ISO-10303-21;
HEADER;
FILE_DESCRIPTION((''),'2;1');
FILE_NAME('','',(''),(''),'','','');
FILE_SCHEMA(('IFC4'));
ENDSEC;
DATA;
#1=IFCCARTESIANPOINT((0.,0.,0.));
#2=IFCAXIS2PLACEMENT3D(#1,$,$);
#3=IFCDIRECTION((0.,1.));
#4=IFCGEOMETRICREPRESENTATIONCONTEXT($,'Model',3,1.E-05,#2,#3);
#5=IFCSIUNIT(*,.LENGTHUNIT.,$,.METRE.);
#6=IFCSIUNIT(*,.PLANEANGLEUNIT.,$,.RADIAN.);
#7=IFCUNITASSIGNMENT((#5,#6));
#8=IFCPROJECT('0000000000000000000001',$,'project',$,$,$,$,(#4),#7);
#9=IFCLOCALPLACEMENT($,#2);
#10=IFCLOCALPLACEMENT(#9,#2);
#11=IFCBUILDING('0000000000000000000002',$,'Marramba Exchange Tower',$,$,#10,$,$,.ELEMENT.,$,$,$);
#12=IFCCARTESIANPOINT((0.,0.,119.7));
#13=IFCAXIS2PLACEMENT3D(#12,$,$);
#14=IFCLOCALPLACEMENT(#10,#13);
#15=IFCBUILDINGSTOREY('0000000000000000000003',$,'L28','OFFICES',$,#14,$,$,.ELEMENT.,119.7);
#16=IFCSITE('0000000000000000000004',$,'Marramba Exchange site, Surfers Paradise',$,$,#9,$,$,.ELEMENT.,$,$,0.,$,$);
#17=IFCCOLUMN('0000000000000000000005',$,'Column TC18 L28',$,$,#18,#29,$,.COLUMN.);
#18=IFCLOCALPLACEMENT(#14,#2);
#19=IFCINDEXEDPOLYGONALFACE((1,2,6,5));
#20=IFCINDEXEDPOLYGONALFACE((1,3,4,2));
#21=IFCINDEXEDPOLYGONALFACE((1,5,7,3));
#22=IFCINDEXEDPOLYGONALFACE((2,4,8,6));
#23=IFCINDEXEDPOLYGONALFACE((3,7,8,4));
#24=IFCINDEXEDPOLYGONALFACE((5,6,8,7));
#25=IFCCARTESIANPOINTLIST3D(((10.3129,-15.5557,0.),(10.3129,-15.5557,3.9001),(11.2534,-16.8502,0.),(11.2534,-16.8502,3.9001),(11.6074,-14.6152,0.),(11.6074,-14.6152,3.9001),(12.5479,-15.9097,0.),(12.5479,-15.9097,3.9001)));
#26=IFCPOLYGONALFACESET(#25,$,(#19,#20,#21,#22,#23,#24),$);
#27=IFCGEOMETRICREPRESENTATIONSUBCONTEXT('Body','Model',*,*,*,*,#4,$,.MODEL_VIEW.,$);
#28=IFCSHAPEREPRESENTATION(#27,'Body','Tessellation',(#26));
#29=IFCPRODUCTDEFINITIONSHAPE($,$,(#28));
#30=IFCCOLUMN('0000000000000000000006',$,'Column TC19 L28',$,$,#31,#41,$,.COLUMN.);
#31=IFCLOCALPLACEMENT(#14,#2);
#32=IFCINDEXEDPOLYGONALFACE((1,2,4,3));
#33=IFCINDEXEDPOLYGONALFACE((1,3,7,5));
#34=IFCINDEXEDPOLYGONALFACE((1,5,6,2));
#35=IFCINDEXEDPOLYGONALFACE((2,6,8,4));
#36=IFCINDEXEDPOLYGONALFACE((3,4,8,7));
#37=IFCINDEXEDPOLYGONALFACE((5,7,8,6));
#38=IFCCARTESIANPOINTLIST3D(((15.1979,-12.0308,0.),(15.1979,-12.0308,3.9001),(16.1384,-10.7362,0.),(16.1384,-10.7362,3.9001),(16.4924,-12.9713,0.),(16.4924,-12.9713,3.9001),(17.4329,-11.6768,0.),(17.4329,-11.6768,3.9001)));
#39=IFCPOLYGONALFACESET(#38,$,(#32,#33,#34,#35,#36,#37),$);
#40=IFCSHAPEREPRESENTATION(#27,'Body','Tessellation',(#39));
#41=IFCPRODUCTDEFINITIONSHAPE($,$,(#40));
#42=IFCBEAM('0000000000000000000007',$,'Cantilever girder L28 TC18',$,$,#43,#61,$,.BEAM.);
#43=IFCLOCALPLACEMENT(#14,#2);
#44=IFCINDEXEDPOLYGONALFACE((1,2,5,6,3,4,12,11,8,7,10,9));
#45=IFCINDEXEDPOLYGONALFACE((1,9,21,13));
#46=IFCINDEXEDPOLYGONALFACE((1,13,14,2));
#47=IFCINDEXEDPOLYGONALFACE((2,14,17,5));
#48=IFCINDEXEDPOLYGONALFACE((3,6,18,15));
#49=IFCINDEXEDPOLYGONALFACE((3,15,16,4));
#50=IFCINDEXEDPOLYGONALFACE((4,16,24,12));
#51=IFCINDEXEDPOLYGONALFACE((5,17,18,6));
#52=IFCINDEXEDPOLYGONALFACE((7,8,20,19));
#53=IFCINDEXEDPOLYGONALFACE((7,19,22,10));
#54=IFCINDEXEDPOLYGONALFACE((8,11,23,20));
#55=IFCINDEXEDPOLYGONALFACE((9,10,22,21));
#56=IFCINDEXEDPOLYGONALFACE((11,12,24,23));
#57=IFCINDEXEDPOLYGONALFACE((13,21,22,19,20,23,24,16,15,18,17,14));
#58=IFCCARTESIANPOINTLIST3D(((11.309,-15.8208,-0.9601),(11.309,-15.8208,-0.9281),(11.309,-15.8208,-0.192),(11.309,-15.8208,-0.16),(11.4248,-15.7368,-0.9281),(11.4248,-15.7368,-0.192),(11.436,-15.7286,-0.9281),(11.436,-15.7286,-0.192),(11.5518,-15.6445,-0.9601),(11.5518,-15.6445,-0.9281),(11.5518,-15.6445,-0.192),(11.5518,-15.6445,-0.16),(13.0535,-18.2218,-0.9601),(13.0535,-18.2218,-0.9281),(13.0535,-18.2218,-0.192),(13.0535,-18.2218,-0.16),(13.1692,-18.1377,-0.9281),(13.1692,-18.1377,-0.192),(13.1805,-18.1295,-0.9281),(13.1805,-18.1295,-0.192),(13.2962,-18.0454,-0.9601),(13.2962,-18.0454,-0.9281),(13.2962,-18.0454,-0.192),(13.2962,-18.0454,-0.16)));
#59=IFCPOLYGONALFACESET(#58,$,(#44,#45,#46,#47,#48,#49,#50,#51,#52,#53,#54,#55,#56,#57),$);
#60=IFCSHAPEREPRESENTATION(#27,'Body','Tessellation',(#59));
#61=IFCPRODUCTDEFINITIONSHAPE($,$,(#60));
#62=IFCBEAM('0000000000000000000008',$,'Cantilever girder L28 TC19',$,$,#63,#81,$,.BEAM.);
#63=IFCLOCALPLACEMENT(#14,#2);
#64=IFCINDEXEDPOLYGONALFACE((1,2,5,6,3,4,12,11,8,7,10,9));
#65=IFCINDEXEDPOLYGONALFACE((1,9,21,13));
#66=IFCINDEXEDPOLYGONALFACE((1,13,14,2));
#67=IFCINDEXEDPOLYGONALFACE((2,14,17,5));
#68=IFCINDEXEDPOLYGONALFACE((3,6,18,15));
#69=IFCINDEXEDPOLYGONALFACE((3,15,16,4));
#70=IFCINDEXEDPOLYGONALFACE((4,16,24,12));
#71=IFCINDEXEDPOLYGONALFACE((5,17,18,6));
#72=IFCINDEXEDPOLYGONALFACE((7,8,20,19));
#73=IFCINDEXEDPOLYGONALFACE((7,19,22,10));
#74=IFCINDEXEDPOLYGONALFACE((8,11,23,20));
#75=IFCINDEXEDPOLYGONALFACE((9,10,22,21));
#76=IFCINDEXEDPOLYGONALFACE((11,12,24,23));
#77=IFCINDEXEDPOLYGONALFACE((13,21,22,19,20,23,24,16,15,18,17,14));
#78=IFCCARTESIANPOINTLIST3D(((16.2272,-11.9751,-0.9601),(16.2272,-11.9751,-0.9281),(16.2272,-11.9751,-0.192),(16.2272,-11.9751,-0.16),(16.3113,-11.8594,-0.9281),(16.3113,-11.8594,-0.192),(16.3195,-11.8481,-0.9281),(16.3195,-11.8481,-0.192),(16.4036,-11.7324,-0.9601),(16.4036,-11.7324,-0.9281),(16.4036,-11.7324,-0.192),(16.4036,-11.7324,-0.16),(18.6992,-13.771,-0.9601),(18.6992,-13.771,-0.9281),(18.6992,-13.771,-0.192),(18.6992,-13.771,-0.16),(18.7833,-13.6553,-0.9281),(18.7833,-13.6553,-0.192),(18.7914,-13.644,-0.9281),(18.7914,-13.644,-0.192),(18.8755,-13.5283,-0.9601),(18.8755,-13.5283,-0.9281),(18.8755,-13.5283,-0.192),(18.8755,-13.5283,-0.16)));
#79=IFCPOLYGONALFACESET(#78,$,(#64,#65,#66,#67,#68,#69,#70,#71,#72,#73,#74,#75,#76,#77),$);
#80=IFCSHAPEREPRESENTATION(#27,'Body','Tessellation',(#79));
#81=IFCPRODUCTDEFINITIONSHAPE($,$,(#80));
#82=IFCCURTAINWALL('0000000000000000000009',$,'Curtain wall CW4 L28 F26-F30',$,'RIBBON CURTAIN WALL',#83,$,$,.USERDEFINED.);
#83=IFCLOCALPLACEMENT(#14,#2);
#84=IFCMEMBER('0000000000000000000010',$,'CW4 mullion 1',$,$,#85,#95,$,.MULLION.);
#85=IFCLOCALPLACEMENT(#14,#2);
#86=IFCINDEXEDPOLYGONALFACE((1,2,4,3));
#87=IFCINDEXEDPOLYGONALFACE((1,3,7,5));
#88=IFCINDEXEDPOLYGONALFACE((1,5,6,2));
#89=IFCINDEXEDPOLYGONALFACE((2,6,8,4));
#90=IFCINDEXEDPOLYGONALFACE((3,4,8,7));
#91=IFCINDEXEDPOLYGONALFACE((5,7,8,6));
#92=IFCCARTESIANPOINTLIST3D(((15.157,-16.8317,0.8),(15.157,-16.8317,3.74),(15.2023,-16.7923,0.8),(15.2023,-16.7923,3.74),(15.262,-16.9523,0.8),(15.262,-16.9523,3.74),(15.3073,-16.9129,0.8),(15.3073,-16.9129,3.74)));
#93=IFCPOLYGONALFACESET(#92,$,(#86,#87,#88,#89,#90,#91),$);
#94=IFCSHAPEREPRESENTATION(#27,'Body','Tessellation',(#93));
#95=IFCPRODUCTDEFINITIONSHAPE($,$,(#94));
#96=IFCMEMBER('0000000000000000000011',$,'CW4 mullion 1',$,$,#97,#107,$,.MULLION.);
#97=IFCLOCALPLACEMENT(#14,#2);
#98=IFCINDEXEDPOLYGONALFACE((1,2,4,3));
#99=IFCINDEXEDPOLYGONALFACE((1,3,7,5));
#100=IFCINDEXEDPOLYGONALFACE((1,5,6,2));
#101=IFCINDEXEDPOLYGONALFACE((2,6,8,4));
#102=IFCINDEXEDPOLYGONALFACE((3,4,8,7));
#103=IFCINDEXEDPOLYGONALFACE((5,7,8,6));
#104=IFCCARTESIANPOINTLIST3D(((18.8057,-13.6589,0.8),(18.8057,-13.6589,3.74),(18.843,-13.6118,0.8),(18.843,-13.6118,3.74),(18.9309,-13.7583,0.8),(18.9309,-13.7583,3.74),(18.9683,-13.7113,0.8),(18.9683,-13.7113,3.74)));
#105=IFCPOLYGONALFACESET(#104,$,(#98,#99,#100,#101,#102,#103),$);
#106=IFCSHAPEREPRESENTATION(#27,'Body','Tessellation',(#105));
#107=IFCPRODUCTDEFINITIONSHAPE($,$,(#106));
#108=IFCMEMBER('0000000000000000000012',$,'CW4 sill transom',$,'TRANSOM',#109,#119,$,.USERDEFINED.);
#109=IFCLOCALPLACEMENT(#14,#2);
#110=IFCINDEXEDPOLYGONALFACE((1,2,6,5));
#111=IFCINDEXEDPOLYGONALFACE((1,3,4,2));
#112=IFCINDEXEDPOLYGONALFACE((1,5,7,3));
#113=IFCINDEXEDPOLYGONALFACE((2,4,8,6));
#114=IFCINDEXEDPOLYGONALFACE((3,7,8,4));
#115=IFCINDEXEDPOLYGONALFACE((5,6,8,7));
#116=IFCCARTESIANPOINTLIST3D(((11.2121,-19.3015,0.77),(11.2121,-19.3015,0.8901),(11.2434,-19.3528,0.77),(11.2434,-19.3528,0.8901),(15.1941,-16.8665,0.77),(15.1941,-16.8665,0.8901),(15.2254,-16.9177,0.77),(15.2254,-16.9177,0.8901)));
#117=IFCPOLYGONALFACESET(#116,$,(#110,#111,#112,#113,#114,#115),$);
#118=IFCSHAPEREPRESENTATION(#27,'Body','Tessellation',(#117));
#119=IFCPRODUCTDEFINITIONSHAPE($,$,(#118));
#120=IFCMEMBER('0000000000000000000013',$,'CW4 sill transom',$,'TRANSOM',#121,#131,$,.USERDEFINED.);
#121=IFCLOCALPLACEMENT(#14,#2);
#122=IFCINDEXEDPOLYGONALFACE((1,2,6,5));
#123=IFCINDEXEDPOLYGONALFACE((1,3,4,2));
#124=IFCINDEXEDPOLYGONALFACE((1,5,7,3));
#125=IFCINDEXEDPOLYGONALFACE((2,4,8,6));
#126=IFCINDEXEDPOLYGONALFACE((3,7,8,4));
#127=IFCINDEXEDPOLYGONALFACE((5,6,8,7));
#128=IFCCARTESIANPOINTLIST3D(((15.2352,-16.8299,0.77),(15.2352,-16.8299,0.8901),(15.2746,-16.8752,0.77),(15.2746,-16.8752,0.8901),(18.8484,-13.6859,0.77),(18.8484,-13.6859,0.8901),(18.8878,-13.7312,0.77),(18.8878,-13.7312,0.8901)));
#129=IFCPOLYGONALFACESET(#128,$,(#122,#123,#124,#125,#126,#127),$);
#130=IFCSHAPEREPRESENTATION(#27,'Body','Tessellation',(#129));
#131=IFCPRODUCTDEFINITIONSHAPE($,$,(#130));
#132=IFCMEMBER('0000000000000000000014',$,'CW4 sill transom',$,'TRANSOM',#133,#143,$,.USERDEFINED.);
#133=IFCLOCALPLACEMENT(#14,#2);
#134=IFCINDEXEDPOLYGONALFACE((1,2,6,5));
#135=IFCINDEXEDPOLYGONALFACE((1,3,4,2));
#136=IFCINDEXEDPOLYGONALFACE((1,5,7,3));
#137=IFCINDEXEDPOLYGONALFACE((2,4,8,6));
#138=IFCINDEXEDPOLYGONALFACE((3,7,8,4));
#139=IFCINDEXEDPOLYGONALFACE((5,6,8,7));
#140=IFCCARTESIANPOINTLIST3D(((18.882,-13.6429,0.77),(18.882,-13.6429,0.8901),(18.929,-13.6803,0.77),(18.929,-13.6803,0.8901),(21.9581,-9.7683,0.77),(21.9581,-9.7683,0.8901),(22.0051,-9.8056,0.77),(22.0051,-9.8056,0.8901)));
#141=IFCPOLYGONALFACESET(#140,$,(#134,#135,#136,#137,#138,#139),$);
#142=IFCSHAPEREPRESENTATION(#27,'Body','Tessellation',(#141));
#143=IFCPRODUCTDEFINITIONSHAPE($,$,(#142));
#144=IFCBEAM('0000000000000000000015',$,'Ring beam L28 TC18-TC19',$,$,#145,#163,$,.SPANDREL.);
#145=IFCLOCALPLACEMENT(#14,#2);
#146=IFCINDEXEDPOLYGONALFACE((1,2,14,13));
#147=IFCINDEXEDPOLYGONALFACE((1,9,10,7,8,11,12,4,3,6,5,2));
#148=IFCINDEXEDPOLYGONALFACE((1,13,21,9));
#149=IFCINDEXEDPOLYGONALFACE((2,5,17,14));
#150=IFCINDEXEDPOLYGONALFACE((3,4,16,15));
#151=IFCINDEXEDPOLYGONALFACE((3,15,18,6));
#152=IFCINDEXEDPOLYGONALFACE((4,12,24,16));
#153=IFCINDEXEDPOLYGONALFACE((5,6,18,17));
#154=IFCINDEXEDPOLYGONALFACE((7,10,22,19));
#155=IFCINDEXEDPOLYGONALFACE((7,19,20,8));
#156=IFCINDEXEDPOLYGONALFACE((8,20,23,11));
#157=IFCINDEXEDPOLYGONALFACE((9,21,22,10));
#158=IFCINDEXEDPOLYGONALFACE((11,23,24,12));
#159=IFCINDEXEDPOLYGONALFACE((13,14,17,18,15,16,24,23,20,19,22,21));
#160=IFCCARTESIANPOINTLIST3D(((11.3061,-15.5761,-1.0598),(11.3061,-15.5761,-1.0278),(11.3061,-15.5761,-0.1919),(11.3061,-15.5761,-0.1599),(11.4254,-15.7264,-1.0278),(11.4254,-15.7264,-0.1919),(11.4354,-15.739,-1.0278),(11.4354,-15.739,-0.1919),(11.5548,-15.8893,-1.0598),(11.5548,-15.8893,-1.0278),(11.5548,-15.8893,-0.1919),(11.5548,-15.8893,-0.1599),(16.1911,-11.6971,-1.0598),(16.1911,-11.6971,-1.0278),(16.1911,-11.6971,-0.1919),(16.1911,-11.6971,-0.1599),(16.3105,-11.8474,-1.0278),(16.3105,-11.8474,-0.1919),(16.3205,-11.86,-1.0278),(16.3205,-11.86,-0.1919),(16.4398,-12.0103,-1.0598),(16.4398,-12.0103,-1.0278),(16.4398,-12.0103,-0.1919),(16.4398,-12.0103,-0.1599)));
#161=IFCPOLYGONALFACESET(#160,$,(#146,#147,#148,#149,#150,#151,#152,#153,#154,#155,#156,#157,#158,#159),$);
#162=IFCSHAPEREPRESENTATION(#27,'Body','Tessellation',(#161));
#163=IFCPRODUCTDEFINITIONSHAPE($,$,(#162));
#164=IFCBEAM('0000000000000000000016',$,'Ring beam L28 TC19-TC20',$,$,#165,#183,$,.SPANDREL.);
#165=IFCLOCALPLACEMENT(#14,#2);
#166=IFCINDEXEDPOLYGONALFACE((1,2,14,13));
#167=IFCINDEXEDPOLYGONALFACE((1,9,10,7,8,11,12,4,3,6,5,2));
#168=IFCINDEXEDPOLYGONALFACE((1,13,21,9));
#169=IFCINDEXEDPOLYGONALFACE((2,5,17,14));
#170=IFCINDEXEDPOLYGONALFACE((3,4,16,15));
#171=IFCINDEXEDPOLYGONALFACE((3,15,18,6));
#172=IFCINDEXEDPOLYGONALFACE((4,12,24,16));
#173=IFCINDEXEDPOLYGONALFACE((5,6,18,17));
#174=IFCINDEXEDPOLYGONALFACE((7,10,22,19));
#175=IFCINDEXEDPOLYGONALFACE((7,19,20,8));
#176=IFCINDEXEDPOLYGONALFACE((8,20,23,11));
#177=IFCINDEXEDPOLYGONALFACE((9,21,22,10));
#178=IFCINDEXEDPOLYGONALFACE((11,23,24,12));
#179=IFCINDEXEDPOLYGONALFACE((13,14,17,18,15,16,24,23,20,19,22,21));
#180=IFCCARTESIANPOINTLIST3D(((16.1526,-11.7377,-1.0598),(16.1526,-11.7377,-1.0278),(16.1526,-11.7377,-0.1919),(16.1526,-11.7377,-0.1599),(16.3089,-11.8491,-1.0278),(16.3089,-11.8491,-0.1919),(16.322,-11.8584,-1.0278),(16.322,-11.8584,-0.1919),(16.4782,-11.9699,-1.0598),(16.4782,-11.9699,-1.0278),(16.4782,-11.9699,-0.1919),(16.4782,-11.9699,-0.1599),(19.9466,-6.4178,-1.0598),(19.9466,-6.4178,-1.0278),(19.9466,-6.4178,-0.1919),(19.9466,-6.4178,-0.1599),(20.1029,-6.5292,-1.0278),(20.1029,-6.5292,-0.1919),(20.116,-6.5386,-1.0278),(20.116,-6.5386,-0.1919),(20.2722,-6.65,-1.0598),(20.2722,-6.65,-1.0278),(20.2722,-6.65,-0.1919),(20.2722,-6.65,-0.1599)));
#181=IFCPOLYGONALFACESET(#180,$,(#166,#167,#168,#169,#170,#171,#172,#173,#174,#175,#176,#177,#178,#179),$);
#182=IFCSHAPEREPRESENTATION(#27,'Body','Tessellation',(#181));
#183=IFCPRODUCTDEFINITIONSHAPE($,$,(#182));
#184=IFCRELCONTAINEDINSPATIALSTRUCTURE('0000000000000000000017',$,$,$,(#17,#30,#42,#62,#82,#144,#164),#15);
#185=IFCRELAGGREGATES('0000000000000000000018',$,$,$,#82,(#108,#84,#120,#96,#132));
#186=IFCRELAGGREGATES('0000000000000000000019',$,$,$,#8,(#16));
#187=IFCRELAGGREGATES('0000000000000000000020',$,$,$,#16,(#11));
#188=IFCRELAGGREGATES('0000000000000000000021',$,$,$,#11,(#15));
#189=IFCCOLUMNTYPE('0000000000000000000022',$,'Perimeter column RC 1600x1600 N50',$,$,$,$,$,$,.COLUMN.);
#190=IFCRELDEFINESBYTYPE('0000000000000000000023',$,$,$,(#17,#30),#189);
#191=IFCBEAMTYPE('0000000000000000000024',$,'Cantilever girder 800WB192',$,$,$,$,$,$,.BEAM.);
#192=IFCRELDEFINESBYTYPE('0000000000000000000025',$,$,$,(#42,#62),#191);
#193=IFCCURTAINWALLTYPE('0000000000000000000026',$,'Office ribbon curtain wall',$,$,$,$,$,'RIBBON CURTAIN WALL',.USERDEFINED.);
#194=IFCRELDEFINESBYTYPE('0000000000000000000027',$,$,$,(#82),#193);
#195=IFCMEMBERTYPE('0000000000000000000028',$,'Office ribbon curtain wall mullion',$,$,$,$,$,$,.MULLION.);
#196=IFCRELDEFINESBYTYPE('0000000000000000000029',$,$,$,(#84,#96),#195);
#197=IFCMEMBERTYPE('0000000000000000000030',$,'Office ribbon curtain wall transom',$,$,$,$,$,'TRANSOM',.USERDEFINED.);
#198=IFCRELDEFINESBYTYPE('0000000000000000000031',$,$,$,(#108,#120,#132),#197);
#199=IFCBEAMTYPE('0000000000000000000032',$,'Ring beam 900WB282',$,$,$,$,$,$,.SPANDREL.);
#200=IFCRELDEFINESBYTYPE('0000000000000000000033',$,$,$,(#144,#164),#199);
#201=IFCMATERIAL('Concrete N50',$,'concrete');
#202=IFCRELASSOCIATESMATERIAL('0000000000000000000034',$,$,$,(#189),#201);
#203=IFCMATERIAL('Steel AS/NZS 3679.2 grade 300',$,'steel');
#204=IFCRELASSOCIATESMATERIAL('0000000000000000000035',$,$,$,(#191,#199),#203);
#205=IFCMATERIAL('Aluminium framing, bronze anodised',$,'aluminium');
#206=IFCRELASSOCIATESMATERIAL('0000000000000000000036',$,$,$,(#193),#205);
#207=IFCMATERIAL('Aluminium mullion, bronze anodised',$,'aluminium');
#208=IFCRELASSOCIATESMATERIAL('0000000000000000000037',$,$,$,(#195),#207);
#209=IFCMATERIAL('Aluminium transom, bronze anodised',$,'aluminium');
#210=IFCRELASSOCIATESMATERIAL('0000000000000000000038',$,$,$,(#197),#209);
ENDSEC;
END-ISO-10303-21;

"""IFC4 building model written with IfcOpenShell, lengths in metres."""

from ifc_helpers import new_model, si_unit, direction, frame, origin, origin_2d, place, context, subcontext, project, spatial, rectangle, i_section, extrude, material, material_profile, profile_set, type_object, element, aggregate, save


model = new_model("IFC4")

# Units and contexts
model_context = context("Model", 3, precision=1e-05, world=origin(), true_north=direction((0.0, 1.0)))
body_context = subcontext(model_context, "Body", "Model", "MODEL_VIEW")
ifc_project = project(units=[si_unit("LENGTHUNIT", "METRE"), si_unit("PLANEANGLEUNIT", "RADIAN")], contexts=[model_context])

# Site, building, storey
site_placement = place(None, origin())
site = spatial("IfcSite", under=ifc_project, at=site_placement, Name="Marramba Exchange site, Surfers Paradise", CompositionType="ELEMENT", RefElevation=0.0)
building_placement = place(site_placement, origin())
building = spatial("IfcBuilding", under=site, at=building_placement, Name="Marramba Exchange Tower", CompositionType="ELEMENT")
storey_placement = place(building_placement, frame((0.0, 0.0, 119.7)))
storey = spatial("IfcBuildingStorey", under=building, at=storey_placement, Name="L28", Description="OFFICES", CompositionType="ELEMENT", Elevation=119.7)

# Columns
ifc_material_1 = material(Name="Concrete N50", Category="concrete")
ifc_material_profile_1 = material_profile(ifc_material_1, rectangle(XDim=1.6001, YDim=1.6001, at=origin_2d()), Name="RC 1600x1600")
ifc_profile_set_1 = profile_set([ifc_material_profile_1], Name="Concrete N50")
column_type = type_object("IfcColumnType", Name="Perimeter column RC 1600x1600 N50", PredefinedType="COLUMN", material=ifc_profile_set_1)
for number, where, z_axis, x_axis, name in (
    (1, (11.4304, -15.7327, 0.0), (0.0, 0.0, 1.0), (0.587785, -0.809017, 0.0), "Column TC18 L28"),
    (2, (16.3154, -11.8538, 0.0), (0.0, 0.0, 1.0), (0.809017, -0.587785, 0.0), "Column TC19 L28"),
):
    element("IfcColumn", number, at=place(storey_placement, frame(where, z_axis=z_axis, x_axis=x_axis)), inside=storey, type_object=column_type, Name=name, PredefinedType="COLUMN", context=body_context, shape_type="SweptSolid", body=[
        extrude(rectangle(XDim=1.6001, YDim=1.6001, at=origin_2d()), origin(), (0.0, 0.0, 1.0), 3.9001),
    ])

# Beams
ifc_material_2 = material(Name="Steel AS/NZS 3679.2 grade 300", Category="steel")
ifc_material_profile_2 = material_profile(ifc_material_2, i_section(OverallWidth=0.3, OverallDepth=0.8, WebThickness=0.0139, FlangeThickness=0.032, at=origin_2d()), Name="800WB192")
ifc_profile_set_2 = profile_set([ifc_material_profile_2], Name="Steel AS/NZS 3679.2 grade 300")
beam_type_1 = type_object("IfcBeamType", Name="Cantilever girder 800WB192", PredefinedType="BEAM", material=ifc_profile_set_2)
beam_1_placement = place(storey_placement, frame((11.4304, -15.7327, -0.5601), z_axis=(0.587795, -0.80901, 0.0), x_axis=(0.80901, 0.587795, 0.0)))
element("IfcBeam", 3, at=beam_1_placement, inside=storey, type_object=beam_type_1, Name="Cantilever girder L28 TC18", PredefinedType="BEAM", context=body_context, shape_type="SweptSolid", body=[
    extrude(i_section(OverallWidth=0.3, OverallDepth=0.8, WebThickness=0.0139, FlangeThickness=0.032, at=origin_2d()), origin(), (0.0, 0.0, 1.0), 2.9678),
])
beam_2_placement = place(storey_placement, frame((16.3154, -11.8538, -0.5601), z_axis=(0.809026, -0.587773, 0.0), x_axis=(0.587773, 0.809026, 0.0)))
element("IfcBeam", 4, at=beam_2_placement, inside=storey, type_object=beam_type_1, Name="Cantilever girder L28 TC19", PredefinedType="BEAM", context=body_context, shape_type="SweptSolid", body=[
    extrude(i_section(OverallWidth=0.3, OverallDepth=0.8, WebThickness=0.0139, FlangeThickness=0.032, at=origin_2d()), origin(), (0.0, 0.0, 1.0), 3.0554),
])

# Curtain wall, members
ifc_material_3 = material(Name="Aluminium framing, bronze anodised", Category="aluminium")
curtain_wall_type = type_object("IfcCurtainWallType", Name="Office ribbon curtain wall", ElementType="RIBBON CURTAIN WALL", PredefinedType="USERDEFINED", material=ifc_material_3)
curtain_wall_placement = place(storey_placement, origin())
curtain_wall = element("IfcCurtainWall", 5, at=curtain_wall_placement, inside=storey, type_object=curtain_wall_type, Name="Curtain wall CW4 L28 F26-F30", ObjectType="RIBBON CURTAIN WALL", PredefinedType="USERDEFINED")
ifc_material_4 = material(Name="Aluminium mullion, bronze anodised", Category="aluminium")
ifc_material_profile_3 = material_profile(ifc_material_4, rectangle(XDim=0.1599, YDim=0.0601, at=origin_2d()), Name="CW4 mullion 60x160")
ifc_profile_set_3 = profile_set([ifc_material_profile_3], Name="Aluminium mullion, bronze anodised")
member_type_1 = type_object("IfcMemberType", Name="Office ribbon curtain wall mullion", PredefinedType="MULLION", material=ifc_profile_set_3)
member_1_placement = place(storey_placement, frame((15.2322, -16.8723, 0.8), z_axis=(0.0, 0.0, 1.0), x_axis=(-0.656432, 0.754386, 0.0)))
member_1 = element("IfcMember", 6, at=member_1_placement, type_object=member_type_1, Name="CW4 mullion 1", PredefinedType="MULLION", context=body_context, shape_type="SweptSolid", body=[
    extrude(rectangle(XDim=0.1599, YDim=0.0601, at=origin_2d()), origin(), (0.0, 0.0, 1.0), 2.9399),
])
member_2_placement = place(storey_placement, frame((18.887, -13.6851, 0.8), z_axis=(0.0, 0.0, 1.0), x_axis=(-0.78317, 0.621807, 0.0)))
member_2 = element("IfcMember", 7, at=member_2_placement, type_object=member_type_1, Name="CW4 mullion 1", PredefinedType="MULLION", context=body_context, shape_type="SweptSolid", body=[
    extrude(rectangle(XDim=0.1599, YDim=0.0601, at=origin_2d()), origin(), (0.0, 0.0, 1.0), 2.9399),
])
ifc_material_5 = material(Name="Aluminium transom, bronze anodised", Category="aluminium")
ifc_material_profile_4 = material_profile(ifc_material_5, rectangle(XDim=0.0601, YDim=0.1201, at=origin_2d()), Name="CW4 transom 60x120")
ifc_profile_set_4 = profile_set([ifc_material_profile_4], Name="Aluminium transom, bronze anodised")
member_type_2 = type_object("IfcMemberType", Name="Office ribbon curtain wall transom", ElementType="TRANSOM", PredefinedType="USERDEFINED", material=ifc_profile_set_4)
member_3_placement = place(storey_placement, frame((11.2278, -19.3271, 0.8301), z_axis=(0.853124, 0.521708, 0.0), x_axis=(-0.521708, 0.853124, 0.0)))
member_3 = element("IfcMember", 8, at=member_3_placement, type_object=member_type_2, Name="CW4 sill transom", ObjectType="TRANSOM", PredefinedType="USERDEFINED", context=body_context, shape_type="SweptSolid", body=[
    extrude(rectangle(XDim=0.0601, YDim=0.1201, at=origin_2d()), origin(), (0.0, 0.0, 1.0), 4.6675),
])
member_4_placement = place(storey_placement, frame((15.2549, -16.8525, 0.8301), z_axis=(0.754393, 0.656424, 0.0), x_axis=(-0.656424, 0.754393, 0.0)))
member_4 = element("IfcMember", 9, at=member_4_placement, type_object=member_type_2, Name="CW4 sill transom", ObjectType="TRANSOM", PredefinedType="USERDEFINED", context=body_context, shape_type="SweptSolid", body=[
    extrude(rectangle(XDim=0.0601, YDim=0.1201, at=origin_2d()), origin(), (0.0, 0.0, 1.0), 4.7896),
])
member_5_placement = place(storey_placement, frame((18.9055, -13.6616, 0.8301), z_axis=(0.621778, 0.783194, 0.0), x_axis=(-0.783194, 0.621778, 0.0)))
member_5 = element("IfcMember", 10, at=member_5_placement, type_object=member_type_2, Name="CW4 sill transom", ObjectType="TRANSOM", PredefinedType="USERDEFINED", context=body_context, shape_type="SweptSolid", body=[
    extrude(rectangle(XDim=0.0601, YDim=0.1201, at=origin_2d()), origin(), (0.0, 0.0, 1.0), 4.9473),
])

# Beams
ifc_material_profile_5 = material_profile(ifc_material_2, i_section(OverallWidth=0.3999, OverallDepth=0.8999, WebThickness=0.0161, FlangeThickness=0.032, at=origin_2d()), Name="900WB282")
ifc_profile_set_5 = profile_set([ifc_material_profile_5], Name="Steel AS/NZS 3679.2 grade 300")
beam_type_2 = type_object("IfcBeamType", Name="Ring beam 900WB282", PredefinedType="SPANDREL", material=ifc_profile_set_5)
beam_3_placement = place(storey_placement, frame((11.4304, -15.7327, -0.6099), z_axis=(0.783139, 0.621846, 0.0), x_axis=(-0.621846, 0.783139, 0.0)))
element("IfcBeam", 11, at=beam_3_placement, inside=storey, type_object=beam_type_2, Name="Ring beam L28 TC18-TC19", PredefinedType="SPANDREL", context=body_context, shape_type="SweptSolid", body=[
    extrude(i_section(OverallWidth=0.3999, OverallDepth=0.8999, WebThickness=0.0161, FlangeThickness=0.032, at=origin_2d()), origin(), (0.0, 0.0, 1.0), 6.2378),
])
beam_4_placement = place(storey_placement, frame((16.3154, -11.8538, -0.6099), z_axis=(0.580637, 0.814162, 0.0), x_axis=(-0.814162, 0.580637, 0.0)))
element("IfcBeam", 12, at=beam_4_placement, inside=storey, type_object=beam_type_2, Name="Ring beam L28 TC19-TC20", PredefinedType="SPANDREL", context=body_context, shape_type="SweptSolid", body=[
    extrude(i_section(OverallWidth=0.3999, OverallDepth=0.8999, WebThickness=0.0161, FlangeThickness=0.032, at=origin_2d()), origin(), (0.0, 0.0, 1.0), 6.5342),
])

aggregate(curtain_wall, [member_3, member_1, member_4, member_2, member_5])

save(model, "model.ifc")
